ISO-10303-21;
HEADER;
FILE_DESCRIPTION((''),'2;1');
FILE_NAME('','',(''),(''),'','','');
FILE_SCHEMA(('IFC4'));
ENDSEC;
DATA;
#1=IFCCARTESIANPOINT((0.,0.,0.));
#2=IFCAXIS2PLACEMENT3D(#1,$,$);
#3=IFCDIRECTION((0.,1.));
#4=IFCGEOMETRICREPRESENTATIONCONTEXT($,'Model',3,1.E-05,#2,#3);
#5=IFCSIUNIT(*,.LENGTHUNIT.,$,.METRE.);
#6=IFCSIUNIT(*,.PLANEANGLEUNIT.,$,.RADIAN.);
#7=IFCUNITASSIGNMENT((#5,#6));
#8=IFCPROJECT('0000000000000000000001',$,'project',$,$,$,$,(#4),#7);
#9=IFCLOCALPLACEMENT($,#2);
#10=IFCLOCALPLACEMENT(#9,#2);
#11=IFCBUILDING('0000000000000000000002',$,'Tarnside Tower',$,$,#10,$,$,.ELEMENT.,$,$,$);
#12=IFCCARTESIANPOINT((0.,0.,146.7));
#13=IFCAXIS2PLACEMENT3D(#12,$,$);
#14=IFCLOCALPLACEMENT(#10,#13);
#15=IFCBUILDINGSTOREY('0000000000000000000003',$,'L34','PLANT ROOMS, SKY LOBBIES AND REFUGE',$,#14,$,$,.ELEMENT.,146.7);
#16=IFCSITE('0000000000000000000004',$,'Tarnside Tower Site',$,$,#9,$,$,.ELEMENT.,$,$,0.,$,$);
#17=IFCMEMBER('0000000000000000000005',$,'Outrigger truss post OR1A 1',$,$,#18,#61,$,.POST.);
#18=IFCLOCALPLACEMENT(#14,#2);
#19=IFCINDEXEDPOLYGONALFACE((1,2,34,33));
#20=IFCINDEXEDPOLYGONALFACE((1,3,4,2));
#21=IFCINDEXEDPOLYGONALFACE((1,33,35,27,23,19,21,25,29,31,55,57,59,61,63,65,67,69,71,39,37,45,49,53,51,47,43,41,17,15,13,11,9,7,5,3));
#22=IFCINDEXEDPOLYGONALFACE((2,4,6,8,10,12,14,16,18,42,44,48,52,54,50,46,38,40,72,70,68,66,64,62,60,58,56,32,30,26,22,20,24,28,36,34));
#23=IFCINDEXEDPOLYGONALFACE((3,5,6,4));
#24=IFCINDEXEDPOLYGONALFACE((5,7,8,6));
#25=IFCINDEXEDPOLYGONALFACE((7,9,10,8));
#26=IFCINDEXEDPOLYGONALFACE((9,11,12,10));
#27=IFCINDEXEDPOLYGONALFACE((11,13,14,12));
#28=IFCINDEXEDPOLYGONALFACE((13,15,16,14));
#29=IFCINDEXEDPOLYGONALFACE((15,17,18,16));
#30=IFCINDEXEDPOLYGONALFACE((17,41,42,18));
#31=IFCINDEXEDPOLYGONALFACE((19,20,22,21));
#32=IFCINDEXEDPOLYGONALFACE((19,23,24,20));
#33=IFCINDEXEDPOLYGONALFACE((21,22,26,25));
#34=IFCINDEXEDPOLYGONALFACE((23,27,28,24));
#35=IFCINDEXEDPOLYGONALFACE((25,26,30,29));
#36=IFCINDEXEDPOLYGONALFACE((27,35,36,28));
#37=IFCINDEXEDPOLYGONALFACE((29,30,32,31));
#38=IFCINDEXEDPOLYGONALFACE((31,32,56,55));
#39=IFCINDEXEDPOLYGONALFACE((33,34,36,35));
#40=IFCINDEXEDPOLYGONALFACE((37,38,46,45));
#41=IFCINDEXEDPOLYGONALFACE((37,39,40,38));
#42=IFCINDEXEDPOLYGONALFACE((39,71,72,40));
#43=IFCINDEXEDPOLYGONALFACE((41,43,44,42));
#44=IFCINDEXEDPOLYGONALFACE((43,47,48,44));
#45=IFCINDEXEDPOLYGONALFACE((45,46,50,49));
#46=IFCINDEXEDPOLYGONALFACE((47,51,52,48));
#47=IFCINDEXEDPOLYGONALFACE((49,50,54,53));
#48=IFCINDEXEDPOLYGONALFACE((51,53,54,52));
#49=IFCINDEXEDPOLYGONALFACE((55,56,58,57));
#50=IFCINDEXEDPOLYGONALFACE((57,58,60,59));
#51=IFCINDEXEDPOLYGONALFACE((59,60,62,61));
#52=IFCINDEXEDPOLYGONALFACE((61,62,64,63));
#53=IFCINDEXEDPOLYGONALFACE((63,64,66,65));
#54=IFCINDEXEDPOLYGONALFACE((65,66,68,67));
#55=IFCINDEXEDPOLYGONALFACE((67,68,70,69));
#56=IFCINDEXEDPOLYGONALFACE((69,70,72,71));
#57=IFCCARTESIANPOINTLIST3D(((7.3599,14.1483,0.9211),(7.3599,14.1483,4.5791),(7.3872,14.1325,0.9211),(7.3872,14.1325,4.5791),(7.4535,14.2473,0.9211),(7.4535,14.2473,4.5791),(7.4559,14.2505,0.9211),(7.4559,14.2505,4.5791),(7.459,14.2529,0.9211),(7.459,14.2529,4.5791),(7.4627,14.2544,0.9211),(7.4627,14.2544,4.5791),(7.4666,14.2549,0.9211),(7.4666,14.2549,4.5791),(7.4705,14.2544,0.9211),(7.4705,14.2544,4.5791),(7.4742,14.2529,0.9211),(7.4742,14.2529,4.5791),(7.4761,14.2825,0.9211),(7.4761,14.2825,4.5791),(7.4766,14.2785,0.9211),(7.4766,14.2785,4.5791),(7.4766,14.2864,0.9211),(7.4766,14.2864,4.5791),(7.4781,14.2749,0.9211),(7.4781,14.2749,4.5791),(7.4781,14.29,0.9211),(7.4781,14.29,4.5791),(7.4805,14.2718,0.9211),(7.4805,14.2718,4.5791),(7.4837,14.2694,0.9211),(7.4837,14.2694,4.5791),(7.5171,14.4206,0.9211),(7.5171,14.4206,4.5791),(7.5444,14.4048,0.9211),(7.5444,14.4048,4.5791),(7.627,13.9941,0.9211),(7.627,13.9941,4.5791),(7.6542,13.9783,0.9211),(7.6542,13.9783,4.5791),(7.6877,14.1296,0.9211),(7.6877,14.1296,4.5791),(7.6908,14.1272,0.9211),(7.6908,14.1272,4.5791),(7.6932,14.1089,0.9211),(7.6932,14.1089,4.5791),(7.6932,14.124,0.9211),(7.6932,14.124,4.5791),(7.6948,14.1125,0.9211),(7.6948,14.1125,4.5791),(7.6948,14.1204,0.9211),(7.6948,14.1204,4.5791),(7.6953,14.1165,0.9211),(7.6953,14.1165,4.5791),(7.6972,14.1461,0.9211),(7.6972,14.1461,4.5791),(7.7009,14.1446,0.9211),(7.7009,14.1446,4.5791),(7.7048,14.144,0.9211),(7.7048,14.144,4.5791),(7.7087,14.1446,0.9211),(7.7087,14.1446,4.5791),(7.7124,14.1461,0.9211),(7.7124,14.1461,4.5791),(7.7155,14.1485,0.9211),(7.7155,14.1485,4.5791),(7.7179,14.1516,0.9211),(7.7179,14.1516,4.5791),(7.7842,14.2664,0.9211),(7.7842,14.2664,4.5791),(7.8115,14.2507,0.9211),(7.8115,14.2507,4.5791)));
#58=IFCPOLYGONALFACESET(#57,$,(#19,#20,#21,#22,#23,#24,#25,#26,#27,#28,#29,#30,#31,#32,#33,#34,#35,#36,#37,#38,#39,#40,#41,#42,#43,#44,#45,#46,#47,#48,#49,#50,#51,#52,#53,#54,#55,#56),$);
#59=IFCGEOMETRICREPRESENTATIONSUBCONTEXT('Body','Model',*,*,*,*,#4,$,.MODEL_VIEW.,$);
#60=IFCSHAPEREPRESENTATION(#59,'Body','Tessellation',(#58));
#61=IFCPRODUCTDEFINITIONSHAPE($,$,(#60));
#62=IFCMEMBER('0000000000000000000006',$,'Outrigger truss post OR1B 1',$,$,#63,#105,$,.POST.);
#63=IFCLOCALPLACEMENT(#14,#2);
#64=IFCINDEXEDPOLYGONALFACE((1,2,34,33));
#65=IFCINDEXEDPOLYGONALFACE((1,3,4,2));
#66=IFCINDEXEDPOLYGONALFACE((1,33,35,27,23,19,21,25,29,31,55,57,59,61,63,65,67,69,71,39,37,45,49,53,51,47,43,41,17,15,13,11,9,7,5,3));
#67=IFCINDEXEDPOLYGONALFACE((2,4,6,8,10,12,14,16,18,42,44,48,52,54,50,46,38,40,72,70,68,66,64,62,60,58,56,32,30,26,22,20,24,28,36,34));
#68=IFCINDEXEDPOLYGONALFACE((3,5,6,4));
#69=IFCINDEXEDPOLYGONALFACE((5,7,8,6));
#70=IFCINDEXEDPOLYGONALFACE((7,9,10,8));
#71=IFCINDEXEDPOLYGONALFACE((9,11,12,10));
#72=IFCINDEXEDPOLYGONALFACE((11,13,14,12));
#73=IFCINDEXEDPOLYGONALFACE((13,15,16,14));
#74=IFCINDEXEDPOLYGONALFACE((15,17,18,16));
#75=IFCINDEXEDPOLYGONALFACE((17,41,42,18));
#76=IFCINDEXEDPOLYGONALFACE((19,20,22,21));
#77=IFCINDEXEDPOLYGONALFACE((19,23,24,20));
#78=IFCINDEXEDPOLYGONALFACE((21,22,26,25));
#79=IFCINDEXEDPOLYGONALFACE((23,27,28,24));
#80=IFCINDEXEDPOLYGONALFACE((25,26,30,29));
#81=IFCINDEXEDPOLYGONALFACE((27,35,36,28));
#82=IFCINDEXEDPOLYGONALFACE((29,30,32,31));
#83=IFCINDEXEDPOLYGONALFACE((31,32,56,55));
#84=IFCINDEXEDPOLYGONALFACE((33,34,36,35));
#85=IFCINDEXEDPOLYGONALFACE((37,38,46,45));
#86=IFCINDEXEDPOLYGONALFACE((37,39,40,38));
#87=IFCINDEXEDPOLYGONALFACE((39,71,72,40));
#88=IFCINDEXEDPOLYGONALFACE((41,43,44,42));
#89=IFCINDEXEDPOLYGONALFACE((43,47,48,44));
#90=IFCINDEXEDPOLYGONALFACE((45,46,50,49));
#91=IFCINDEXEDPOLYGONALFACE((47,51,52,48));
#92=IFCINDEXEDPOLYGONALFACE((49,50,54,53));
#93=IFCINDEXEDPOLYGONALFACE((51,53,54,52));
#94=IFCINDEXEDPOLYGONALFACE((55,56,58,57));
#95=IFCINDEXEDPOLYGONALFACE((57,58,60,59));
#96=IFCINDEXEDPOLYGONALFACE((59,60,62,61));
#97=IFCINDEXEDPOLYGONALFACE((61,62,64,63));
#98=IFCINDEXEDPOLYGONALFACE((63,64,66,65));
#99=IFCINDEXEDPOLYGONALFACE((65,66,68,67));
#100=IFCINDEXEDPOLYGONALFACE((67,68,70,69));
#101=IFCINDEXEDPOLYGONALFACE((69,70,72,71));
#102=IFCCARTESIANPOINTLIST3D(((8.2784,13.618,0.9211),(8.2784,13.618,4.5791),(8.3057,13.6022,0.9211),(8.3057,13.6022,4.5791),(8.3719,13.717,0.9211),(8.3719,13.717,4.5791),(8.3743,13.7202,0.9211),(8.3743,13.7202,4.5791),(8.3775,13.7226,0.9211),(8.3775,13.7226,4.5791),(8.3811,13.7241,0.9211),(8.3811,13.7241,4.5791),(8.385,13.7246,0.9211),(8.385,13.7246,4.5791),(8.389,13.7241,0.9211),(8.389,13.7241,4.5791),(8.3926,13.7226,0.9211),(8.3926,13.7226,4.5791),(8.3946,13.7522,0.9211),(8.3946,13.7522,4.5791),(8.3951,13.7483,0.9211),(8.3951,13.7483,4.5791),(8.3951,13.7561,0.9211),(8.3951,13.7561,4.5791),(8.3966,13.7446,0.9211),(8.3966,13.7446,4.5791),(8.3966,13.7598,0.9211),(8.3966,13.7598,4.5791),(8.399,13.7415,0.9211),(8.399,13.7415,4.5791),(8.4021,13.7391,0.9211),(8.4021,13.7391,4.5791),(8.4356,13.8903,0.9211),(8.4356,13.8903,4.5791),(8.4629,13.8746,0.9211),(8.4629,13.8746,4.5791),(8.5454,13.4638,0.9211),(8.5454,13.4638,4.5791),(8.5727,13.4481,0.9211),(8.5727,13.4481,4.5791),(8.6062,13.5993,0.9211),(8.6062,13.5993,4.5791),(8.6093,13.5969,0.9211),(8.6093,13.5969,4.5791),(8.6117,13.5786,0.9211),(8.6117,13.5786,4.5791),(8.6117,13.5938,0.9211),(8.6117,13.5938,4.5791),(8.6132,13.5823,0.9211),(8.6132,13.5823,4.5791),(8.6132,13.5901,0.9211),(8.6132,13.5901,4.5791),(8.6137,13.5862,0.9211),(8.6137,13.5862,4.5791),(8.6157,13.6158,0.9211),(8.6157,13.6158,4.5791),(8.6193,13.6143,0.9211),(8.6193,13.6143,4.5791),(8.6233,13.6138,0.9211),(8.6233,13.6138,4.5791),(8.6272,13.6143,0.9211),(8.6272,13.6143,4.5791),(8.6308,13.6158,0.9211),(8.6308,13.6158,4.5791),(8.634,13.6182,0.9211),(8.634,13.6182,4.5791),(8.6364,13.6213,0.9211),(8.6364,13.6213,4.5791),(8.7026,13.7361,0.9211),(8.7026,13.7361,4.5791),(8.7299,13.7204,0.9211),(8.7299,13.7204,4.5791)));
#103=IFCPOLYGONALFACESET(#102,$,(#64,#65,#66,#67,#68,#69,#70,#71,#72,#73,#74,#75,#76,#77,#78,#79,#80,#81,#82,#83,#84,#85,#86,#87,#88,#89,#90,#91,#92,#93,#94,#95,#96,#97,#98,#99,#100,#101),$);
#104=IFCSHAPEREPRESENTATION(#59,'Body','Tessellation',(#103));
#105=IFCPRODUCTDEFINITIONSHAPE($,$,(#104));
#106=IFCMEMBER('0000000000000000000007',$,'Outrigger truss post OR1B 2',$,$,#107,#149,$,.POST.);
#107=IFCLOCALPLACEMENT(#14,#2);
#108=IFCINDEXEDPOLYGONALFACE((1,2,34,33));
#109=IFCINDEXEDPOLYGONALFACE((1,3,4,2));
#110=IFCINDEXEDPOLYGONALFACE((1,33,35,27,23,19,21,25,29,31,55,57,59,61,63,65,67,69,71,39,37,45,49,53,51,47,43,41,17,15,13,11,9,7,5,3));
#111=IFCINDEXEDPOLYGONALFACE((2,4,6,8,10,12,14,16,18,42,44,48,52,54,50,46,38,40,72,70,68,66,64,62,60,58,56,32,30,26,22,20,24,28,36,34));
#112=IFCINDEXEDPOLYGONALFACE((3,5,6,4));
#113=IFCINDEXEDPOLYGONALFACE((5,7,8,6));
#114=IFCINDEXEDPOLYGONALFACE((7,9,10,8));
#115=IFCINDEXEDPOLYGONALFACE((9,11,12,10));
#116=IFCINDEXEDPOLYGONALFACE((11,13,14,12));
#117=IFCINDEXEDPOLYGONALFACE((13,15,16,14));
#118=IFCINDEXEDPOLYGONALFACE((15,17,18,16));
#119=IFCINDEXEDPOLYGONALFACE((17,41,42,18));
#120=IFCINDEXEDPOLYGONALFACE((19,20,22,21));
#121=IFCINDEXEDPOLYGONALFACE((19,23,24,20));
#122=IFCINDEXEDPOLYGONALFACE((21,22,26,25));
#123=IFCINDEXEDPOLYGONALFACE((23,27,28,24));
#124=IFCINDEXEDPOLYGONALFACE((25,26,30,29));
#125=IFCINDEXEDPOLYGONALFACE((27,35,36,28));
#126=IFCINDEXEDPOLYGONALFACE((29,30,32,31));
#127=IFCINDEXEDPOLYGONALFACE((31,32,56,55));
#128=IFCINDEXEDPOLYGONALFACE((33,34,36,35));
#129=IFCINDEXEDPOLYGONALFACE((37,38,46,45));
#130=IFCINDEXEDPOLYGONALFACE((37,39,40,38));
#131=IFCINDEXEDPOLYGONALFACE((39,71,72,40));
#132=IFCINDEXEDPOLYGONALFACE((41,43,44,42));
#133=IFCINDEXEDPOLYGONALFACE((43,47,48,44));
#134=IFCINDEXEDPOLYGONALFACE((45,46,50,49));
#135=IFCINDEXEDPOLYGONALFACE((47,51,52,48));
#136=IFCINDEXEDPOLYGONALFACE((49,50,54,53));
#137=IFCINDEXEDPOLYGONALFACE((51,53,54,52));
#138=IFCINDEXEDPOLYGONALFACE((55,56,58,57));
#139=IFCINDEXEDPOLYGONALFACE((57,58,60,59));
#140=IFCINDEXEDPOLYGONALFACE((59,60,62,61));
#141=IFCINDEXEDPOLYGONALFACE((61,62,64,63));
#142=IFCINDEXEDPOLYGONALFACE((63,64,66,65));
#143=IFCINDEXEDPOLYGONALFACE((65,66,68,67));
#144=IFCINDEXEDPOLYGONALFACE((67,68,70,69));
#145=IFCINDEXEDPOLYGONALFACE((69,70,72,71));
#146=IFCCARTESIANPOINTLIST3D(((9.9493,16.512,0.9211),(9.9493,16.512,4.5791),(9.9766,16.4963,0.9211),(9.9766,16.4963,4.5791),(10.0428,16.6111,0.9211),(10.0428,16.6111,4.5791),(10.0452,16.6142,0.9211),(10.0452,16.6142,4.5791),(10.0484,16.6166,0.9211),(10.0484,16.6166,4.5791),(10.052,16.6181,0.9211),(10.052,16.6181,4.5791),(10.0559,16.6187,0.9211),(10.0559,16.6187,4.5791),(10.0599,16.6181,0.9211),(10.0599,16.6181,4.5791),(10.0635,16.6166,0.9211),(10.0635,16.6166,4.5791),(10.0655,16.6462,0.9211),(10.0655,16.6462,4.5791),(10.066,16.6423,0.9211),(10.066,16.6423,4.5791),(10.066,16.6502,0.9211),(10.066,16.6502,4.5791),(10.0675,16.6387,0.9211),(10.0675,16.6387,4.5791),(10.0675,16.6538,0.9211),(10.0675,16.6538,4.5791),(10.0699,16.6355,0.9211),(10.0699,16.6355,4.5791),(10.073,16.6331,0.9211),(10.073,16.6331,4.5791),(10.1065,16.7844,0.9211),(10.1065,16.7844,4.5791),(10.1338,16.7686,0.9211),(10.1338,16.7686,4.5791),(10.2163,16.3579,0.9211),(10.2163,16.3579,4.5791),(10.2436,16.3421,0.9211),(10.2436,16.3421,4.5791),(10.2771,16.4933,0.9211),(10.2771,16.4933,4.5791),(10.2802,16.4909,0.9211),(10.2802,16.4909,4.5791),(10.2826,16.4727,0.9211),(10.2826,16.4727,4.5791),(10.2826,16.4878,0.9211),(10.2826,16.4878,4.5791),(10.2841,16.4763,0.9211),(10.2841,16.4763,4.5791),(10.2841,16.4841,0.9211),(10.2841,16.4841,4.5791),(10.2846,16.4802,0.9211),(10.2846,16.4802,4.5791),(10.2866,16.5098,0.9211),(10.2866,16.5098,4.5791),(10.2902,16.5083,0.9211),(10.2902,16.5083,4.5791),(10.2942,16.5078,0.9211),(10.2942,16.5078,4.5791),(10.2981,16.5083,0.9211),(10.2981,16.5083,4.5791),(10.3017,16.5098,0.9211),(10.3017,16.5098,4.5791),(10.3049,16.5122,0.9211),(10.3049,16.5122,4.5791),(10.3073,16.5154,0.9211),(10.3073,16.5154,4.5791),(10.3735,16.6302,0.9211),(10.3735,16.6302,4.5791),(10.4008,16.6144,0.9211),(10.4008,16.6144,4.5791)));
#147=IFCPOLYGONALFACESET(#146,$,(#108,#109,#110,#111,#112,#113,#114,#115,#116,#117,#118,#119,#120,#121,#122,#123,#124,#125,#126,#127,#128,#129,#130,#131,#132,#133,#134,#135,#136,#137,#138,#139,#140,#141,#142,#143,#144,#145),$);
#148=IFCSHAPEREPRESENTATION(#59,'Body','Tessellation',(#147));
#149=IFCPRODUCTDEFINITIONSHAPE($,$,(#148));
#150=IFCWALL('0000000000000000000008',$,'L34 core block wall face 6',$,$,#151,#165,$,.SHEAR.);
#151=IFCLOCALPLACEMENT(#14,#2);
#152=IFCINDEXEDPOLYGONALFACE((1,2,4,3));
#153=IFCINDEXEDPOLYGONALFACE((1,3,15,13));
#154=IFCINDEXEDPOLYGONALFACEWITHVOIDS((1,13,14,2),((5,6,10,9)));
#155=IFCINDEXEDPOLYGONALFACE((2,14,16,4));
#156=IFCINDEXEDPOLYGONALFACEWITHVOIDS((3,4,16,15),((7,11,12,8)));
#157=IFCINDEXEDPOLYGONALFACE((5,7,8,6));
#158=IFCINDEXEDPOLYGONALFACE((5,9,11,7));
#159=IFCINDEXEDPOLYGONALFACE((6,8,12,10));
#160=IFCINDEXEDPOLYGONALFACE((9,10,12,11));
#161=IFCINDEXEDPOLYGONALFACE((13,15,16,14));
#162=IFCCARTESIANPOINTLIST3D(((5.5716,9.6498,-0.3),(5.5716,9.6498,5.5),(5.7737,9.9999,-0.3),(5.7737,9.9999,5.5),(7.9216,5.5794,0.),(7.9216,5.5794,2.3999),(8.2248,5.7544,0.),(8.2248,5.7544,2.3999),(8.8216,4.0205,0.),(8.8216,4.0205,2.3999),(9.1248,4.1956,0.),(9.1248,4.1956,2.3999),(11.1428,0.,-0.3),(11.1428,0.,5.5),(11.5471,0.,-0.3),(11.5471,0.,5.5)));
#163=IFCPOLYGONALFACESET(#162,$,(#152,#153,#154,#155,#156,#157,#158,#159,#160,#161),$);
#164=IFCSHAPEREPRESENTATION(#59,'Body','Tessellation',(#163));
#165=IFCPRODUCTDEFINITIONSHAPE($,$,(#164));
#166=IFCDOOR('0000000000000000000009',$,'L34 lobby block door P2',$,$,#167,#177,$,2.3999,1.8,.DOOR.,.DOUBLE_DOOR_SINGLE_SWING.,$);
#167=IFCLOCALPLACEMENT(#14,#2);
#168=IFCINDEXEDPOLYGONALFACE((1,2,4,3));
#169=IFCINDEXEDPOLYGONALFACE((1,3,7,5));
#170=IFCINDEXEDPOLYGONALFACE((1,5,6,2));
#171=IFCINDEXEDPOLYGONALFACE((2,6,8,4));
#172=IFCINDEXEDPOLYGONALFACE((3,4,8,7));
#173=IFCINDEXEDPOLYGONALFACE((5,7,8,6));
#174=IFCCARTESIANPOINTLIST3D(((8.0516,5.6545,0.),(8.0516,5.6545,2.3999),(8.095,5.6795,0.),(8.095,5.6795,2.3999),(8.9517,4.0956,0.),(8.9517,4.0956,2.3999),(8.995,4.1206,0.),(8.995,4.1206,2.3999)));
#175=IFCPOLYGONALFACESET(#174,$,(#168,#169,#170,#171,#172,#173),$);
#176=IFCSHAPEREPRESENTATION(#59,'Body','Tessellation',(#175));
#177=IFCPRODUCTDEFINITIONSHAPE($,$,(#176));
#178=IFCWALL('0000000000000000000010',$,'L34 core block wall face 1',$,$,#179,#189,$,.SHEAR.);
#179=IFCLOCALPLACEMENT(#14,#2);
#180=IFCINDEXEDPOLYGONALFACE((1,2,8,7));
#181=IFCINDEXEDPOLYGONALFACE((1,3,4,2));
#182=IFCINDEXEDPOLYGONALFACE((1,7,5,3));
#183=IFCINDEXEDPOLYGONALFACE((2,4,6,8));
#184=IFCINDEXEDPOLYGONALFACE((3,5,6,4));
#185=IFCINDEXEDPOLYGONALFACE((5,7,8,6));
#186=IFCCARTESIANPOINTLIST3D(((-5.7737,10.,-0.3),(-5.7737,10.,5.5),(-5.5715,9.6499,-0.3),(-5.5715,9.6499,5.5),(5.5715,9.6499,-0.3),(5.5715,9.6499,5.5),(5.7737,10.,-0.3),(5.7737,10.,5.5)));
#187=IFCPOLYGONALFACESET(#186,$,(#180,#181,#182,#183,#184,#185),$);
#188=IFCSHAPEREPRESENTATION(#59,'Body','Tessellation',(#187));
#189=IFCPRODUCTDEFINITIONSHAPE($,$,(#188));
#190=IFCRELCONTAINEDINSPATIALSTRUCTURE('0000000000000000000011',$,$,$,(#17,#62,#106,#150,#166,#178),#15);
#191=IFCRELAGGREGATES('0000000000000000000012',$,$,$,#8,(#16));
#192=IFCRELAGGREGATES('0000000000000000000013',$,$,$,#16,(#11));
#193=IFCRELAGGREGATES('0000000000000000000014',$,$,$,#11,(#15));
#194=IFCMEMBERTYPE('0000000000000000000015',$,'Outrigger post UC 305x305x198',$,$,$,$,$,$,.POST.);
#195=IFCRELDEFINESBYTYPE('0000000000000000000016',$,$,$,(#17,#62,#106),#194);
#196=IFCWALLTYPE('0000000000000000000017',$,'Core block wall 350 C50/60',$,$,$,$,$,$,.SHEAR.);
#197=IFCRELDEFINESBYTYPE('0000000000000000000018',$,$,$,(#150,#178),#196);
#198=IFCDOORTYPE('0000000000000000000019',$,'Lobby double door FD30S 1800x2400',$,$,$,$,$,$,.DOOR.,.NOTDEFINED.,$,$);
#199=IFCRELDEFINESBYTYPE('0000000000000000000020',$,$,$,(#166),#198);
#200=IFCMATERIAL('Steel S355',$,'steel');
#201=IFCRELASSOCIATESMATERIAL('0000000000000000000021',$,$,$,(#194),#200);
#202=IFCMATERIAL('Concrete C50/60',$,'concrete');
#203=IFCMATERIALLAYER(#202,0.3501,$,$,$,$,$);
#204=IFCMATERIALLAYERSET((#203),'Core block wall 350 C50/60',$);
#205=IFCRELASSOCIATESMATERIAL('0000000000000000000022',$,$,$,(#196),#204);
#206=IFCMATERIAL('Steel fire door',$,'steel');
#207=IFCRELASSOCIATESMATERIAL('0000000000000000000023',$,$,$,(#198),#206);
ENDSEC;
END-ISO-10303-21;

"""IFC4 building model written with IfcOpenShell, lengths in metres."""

from ifc_helpers import new_model, si_unit, direction, frame, frame_2d, origin, origin_2d, place, context, subcontext, project, spatial, polyline, rectangle, i_section, outline, extrude, material, layer, layer_set, material_profile, profile_set, type_object, element, fill, save


model = new_model("IFC4")

# Units and contexts
model_context = context("Model", 3, precision=1e-05, world=origin(), true_north=direction((0.0, 1.0)))
body_context = subcontext(model_context, "Body", "Model", "MODEL_VIEW")
ifc_project = project(units=[si_unit("LENGTHUNIT", "METRE"), si_unit("PLANEANGLEUNIT", "RADIAN")], contexts=[model_context])

# Site, building, storey
site_placement = place(None, origin())
site = spatial("IfcSite", under=ifc_project, at=site_placement, Name="Tarnside Tower Site", CompositionType="ELEMENT", RefElevation=0.0)
building_placement = place(site_placement, origin())
building = spatial("IfcBuilding", under=site, at=building_placement, Name="Tarnside Tower", CompositionType="ELEMENT")
storey_placement = place(building_placement, frame((0.0, 0.0, 146.7)))
storey = spatial("IfcBuildingStorey", under=building, at=storey_placement, Name="L34", Description="PLANT ROOMS, SKY LOBBIES AND REFUGE", CompositionType="ELEMENT", Elevation=146.7)

# Members
ifc_material_1 = material(Name="Steel S355", Category="steel")
ifc_material_profile_1 = material_profile(ifc_material_1, i_section(OverallWidth=0.3145, OverallDepth=0.3398, WebThickness=0.019, FlangeThickness=0.0315, FilletRadius=0.0151, at=origin_2d()), Name="UC 305x305x198")
ifc_profile_set_1 = profile_set([ifc_material_profile_1], Name="Steel S355")
member_type_1 = type_object("IfcMemberType", Name="Outrigger post UC 305x305x198", PredefinedType="POST", material=ifc_profile_set_1)
for number, where, z_axis, x_axis, name in (
    (1, (7.5857, 14.1995, 0.9211), (0.0, 0.0, 1.0), (0.5, 0.866025, 0.0), "Outrigger truss post OR1A 1"),
    (2, (8.5042, 13.6692, 0.9211), (0.0, 0.0, 1.0), (0.5, 0.866025, 0.0), "Outrigger truss post OR1B 1"),
    (3, (10.175, 16.5632, 0.9211), (0.0, 0.0, 1.0), (0.5, 0.866025, 0.0), "Outrigger truss post OR1B 2"),
):
    element("IfcMember", number, at=place(storey_placement, frame(where, z_axis=z_axis, x_axis=x_axis)), inside=storey, type_object=member_type_1, Name=name, PredefinedType="POST", context=body_context, shape_type="SweptSolid", body=[
        extrude(i_section(OverallWidth=0.3145, OverallDepth=0.3398, WebThickness=0.019, FlangeThickness=0.0315, FilletRadius=0.0151, at=origin_2d()), origin(), (0.0, 0.0, 1.0), 3.658),
    ])

# Wall, opening, door
ifc_material_2 = material(Name="Concrete C50/60", Category="concrete")
ifc_layer_1 = layer(ifc_material_2, 0.3501)
ifc_layer_set_1 = layer_set([ifc_layer_1], Name="Core block wall 350 C50/60")
wall_type_1 = type_object("IfcWallType", Name="Core block wall 350 C50/60", PredefinedType="SHEAR", material=ifc_layer_set_1)
wall_1_placement = place(storey_placement, frame((11.345, 0.0, -0.3), z_axis=(0.0, 0.0, 1.0), x_axis=(-0.499995, 0.866028, 0.0)))
wall_1 = element("IfcWall", 4, at=wall_1_placement, inside=storey, type_object=wall_type_1, Name="L34 core block wall face 6", PredefinedType="SHEAR", context=body_context, shape_type="SweptSolid", body=[
    extrude(outline(polyline([(-0.1011, -0.175), (11.4458, -0.175), (11.2437, 0.175), (0.1011, 0.175), (-0.1011, -0.175)])), origin(), (0.0, 0.0, 1.0), 5.8),
])
opening_1_placement = place(wall_1_placement, frame((4.7437, 0.0, 0.3)))
opening_1 = element("IfcOpeningElement", 5, at=opening_1_placement, cuts=wall_1, PredefinedType="OPENING", context=body_context, shape_type="SweptSolid", body=[
    extrude(rectangle(XDim=1.8, YDim=2.3999, at=frame_2d((0.8999, 1.2))), frame((0.0, 0.1851, 0.0), z_axis=(0.0, -1.0, 0.0), x_axis=(1.0, 0.0, 0.0)), (0.0, 0.0, 1.0), 0.3701),
])
ifc_material_3 = material(Name="Steel fire door", Category="steel")
door_type_1 = type_object("IfcDoorType", Name="Lobby double door FD30S 1800x2400", OperationType="NOTDEFINED", PredefinedType="DOOR", material=ifc_material_3)
door_1_placement = place(opening_1_placement, origin())
door_1 = element("IfcDoor", 6, at=door_1_placement, inside=storey, type_object=door_type_1, Name="L34 lobby block door P2", OperationType="DOUBLE_DOOR_SINGLE_SWING", OverallHeight=2.3999, OverallWidth=1.8, PredefinedType="DOOR", context=body_context, shape_type="SweptSolid", body=[
    extrude(rectangle(XDim=1.8, YDim=2.3999, at=frame_2d((0.8999, 1.2))), frame((0.0, 0.0249, 0.0), z_axis=(0.0, -1.0, 0.0), x_axis=(1.0, 0.0, 0.0)), (0.0, 0.0, 1.0), 0.05),
])
fill(opening_1, door_1)

# Wall
wall_2_placement = place(storey_placement, frame((5.6726, 9.825, -0.3), z_axis=(0.0, 0.0, 1.0), x_axis=(-1.0, 0.0, 0.0)))
element("IfcWall", 7, at=wall_2_placement, inside=storey, type_object=wall_type_1, Name="L34 core block wall face 1", PredefinedType="SHEAR", context=body_context, shape_type="SweptSolid", body=[
    extrude(outline(polyline([(-0.1011, -0.175), (11.4463, -0.175), (11.2441, 0.175), (0.1011, 0.175), (-0.1011, -0.175)])), origin(), (0.0, 0.0, 1.0), 5.8),
])

save(model, "model.ifc")
